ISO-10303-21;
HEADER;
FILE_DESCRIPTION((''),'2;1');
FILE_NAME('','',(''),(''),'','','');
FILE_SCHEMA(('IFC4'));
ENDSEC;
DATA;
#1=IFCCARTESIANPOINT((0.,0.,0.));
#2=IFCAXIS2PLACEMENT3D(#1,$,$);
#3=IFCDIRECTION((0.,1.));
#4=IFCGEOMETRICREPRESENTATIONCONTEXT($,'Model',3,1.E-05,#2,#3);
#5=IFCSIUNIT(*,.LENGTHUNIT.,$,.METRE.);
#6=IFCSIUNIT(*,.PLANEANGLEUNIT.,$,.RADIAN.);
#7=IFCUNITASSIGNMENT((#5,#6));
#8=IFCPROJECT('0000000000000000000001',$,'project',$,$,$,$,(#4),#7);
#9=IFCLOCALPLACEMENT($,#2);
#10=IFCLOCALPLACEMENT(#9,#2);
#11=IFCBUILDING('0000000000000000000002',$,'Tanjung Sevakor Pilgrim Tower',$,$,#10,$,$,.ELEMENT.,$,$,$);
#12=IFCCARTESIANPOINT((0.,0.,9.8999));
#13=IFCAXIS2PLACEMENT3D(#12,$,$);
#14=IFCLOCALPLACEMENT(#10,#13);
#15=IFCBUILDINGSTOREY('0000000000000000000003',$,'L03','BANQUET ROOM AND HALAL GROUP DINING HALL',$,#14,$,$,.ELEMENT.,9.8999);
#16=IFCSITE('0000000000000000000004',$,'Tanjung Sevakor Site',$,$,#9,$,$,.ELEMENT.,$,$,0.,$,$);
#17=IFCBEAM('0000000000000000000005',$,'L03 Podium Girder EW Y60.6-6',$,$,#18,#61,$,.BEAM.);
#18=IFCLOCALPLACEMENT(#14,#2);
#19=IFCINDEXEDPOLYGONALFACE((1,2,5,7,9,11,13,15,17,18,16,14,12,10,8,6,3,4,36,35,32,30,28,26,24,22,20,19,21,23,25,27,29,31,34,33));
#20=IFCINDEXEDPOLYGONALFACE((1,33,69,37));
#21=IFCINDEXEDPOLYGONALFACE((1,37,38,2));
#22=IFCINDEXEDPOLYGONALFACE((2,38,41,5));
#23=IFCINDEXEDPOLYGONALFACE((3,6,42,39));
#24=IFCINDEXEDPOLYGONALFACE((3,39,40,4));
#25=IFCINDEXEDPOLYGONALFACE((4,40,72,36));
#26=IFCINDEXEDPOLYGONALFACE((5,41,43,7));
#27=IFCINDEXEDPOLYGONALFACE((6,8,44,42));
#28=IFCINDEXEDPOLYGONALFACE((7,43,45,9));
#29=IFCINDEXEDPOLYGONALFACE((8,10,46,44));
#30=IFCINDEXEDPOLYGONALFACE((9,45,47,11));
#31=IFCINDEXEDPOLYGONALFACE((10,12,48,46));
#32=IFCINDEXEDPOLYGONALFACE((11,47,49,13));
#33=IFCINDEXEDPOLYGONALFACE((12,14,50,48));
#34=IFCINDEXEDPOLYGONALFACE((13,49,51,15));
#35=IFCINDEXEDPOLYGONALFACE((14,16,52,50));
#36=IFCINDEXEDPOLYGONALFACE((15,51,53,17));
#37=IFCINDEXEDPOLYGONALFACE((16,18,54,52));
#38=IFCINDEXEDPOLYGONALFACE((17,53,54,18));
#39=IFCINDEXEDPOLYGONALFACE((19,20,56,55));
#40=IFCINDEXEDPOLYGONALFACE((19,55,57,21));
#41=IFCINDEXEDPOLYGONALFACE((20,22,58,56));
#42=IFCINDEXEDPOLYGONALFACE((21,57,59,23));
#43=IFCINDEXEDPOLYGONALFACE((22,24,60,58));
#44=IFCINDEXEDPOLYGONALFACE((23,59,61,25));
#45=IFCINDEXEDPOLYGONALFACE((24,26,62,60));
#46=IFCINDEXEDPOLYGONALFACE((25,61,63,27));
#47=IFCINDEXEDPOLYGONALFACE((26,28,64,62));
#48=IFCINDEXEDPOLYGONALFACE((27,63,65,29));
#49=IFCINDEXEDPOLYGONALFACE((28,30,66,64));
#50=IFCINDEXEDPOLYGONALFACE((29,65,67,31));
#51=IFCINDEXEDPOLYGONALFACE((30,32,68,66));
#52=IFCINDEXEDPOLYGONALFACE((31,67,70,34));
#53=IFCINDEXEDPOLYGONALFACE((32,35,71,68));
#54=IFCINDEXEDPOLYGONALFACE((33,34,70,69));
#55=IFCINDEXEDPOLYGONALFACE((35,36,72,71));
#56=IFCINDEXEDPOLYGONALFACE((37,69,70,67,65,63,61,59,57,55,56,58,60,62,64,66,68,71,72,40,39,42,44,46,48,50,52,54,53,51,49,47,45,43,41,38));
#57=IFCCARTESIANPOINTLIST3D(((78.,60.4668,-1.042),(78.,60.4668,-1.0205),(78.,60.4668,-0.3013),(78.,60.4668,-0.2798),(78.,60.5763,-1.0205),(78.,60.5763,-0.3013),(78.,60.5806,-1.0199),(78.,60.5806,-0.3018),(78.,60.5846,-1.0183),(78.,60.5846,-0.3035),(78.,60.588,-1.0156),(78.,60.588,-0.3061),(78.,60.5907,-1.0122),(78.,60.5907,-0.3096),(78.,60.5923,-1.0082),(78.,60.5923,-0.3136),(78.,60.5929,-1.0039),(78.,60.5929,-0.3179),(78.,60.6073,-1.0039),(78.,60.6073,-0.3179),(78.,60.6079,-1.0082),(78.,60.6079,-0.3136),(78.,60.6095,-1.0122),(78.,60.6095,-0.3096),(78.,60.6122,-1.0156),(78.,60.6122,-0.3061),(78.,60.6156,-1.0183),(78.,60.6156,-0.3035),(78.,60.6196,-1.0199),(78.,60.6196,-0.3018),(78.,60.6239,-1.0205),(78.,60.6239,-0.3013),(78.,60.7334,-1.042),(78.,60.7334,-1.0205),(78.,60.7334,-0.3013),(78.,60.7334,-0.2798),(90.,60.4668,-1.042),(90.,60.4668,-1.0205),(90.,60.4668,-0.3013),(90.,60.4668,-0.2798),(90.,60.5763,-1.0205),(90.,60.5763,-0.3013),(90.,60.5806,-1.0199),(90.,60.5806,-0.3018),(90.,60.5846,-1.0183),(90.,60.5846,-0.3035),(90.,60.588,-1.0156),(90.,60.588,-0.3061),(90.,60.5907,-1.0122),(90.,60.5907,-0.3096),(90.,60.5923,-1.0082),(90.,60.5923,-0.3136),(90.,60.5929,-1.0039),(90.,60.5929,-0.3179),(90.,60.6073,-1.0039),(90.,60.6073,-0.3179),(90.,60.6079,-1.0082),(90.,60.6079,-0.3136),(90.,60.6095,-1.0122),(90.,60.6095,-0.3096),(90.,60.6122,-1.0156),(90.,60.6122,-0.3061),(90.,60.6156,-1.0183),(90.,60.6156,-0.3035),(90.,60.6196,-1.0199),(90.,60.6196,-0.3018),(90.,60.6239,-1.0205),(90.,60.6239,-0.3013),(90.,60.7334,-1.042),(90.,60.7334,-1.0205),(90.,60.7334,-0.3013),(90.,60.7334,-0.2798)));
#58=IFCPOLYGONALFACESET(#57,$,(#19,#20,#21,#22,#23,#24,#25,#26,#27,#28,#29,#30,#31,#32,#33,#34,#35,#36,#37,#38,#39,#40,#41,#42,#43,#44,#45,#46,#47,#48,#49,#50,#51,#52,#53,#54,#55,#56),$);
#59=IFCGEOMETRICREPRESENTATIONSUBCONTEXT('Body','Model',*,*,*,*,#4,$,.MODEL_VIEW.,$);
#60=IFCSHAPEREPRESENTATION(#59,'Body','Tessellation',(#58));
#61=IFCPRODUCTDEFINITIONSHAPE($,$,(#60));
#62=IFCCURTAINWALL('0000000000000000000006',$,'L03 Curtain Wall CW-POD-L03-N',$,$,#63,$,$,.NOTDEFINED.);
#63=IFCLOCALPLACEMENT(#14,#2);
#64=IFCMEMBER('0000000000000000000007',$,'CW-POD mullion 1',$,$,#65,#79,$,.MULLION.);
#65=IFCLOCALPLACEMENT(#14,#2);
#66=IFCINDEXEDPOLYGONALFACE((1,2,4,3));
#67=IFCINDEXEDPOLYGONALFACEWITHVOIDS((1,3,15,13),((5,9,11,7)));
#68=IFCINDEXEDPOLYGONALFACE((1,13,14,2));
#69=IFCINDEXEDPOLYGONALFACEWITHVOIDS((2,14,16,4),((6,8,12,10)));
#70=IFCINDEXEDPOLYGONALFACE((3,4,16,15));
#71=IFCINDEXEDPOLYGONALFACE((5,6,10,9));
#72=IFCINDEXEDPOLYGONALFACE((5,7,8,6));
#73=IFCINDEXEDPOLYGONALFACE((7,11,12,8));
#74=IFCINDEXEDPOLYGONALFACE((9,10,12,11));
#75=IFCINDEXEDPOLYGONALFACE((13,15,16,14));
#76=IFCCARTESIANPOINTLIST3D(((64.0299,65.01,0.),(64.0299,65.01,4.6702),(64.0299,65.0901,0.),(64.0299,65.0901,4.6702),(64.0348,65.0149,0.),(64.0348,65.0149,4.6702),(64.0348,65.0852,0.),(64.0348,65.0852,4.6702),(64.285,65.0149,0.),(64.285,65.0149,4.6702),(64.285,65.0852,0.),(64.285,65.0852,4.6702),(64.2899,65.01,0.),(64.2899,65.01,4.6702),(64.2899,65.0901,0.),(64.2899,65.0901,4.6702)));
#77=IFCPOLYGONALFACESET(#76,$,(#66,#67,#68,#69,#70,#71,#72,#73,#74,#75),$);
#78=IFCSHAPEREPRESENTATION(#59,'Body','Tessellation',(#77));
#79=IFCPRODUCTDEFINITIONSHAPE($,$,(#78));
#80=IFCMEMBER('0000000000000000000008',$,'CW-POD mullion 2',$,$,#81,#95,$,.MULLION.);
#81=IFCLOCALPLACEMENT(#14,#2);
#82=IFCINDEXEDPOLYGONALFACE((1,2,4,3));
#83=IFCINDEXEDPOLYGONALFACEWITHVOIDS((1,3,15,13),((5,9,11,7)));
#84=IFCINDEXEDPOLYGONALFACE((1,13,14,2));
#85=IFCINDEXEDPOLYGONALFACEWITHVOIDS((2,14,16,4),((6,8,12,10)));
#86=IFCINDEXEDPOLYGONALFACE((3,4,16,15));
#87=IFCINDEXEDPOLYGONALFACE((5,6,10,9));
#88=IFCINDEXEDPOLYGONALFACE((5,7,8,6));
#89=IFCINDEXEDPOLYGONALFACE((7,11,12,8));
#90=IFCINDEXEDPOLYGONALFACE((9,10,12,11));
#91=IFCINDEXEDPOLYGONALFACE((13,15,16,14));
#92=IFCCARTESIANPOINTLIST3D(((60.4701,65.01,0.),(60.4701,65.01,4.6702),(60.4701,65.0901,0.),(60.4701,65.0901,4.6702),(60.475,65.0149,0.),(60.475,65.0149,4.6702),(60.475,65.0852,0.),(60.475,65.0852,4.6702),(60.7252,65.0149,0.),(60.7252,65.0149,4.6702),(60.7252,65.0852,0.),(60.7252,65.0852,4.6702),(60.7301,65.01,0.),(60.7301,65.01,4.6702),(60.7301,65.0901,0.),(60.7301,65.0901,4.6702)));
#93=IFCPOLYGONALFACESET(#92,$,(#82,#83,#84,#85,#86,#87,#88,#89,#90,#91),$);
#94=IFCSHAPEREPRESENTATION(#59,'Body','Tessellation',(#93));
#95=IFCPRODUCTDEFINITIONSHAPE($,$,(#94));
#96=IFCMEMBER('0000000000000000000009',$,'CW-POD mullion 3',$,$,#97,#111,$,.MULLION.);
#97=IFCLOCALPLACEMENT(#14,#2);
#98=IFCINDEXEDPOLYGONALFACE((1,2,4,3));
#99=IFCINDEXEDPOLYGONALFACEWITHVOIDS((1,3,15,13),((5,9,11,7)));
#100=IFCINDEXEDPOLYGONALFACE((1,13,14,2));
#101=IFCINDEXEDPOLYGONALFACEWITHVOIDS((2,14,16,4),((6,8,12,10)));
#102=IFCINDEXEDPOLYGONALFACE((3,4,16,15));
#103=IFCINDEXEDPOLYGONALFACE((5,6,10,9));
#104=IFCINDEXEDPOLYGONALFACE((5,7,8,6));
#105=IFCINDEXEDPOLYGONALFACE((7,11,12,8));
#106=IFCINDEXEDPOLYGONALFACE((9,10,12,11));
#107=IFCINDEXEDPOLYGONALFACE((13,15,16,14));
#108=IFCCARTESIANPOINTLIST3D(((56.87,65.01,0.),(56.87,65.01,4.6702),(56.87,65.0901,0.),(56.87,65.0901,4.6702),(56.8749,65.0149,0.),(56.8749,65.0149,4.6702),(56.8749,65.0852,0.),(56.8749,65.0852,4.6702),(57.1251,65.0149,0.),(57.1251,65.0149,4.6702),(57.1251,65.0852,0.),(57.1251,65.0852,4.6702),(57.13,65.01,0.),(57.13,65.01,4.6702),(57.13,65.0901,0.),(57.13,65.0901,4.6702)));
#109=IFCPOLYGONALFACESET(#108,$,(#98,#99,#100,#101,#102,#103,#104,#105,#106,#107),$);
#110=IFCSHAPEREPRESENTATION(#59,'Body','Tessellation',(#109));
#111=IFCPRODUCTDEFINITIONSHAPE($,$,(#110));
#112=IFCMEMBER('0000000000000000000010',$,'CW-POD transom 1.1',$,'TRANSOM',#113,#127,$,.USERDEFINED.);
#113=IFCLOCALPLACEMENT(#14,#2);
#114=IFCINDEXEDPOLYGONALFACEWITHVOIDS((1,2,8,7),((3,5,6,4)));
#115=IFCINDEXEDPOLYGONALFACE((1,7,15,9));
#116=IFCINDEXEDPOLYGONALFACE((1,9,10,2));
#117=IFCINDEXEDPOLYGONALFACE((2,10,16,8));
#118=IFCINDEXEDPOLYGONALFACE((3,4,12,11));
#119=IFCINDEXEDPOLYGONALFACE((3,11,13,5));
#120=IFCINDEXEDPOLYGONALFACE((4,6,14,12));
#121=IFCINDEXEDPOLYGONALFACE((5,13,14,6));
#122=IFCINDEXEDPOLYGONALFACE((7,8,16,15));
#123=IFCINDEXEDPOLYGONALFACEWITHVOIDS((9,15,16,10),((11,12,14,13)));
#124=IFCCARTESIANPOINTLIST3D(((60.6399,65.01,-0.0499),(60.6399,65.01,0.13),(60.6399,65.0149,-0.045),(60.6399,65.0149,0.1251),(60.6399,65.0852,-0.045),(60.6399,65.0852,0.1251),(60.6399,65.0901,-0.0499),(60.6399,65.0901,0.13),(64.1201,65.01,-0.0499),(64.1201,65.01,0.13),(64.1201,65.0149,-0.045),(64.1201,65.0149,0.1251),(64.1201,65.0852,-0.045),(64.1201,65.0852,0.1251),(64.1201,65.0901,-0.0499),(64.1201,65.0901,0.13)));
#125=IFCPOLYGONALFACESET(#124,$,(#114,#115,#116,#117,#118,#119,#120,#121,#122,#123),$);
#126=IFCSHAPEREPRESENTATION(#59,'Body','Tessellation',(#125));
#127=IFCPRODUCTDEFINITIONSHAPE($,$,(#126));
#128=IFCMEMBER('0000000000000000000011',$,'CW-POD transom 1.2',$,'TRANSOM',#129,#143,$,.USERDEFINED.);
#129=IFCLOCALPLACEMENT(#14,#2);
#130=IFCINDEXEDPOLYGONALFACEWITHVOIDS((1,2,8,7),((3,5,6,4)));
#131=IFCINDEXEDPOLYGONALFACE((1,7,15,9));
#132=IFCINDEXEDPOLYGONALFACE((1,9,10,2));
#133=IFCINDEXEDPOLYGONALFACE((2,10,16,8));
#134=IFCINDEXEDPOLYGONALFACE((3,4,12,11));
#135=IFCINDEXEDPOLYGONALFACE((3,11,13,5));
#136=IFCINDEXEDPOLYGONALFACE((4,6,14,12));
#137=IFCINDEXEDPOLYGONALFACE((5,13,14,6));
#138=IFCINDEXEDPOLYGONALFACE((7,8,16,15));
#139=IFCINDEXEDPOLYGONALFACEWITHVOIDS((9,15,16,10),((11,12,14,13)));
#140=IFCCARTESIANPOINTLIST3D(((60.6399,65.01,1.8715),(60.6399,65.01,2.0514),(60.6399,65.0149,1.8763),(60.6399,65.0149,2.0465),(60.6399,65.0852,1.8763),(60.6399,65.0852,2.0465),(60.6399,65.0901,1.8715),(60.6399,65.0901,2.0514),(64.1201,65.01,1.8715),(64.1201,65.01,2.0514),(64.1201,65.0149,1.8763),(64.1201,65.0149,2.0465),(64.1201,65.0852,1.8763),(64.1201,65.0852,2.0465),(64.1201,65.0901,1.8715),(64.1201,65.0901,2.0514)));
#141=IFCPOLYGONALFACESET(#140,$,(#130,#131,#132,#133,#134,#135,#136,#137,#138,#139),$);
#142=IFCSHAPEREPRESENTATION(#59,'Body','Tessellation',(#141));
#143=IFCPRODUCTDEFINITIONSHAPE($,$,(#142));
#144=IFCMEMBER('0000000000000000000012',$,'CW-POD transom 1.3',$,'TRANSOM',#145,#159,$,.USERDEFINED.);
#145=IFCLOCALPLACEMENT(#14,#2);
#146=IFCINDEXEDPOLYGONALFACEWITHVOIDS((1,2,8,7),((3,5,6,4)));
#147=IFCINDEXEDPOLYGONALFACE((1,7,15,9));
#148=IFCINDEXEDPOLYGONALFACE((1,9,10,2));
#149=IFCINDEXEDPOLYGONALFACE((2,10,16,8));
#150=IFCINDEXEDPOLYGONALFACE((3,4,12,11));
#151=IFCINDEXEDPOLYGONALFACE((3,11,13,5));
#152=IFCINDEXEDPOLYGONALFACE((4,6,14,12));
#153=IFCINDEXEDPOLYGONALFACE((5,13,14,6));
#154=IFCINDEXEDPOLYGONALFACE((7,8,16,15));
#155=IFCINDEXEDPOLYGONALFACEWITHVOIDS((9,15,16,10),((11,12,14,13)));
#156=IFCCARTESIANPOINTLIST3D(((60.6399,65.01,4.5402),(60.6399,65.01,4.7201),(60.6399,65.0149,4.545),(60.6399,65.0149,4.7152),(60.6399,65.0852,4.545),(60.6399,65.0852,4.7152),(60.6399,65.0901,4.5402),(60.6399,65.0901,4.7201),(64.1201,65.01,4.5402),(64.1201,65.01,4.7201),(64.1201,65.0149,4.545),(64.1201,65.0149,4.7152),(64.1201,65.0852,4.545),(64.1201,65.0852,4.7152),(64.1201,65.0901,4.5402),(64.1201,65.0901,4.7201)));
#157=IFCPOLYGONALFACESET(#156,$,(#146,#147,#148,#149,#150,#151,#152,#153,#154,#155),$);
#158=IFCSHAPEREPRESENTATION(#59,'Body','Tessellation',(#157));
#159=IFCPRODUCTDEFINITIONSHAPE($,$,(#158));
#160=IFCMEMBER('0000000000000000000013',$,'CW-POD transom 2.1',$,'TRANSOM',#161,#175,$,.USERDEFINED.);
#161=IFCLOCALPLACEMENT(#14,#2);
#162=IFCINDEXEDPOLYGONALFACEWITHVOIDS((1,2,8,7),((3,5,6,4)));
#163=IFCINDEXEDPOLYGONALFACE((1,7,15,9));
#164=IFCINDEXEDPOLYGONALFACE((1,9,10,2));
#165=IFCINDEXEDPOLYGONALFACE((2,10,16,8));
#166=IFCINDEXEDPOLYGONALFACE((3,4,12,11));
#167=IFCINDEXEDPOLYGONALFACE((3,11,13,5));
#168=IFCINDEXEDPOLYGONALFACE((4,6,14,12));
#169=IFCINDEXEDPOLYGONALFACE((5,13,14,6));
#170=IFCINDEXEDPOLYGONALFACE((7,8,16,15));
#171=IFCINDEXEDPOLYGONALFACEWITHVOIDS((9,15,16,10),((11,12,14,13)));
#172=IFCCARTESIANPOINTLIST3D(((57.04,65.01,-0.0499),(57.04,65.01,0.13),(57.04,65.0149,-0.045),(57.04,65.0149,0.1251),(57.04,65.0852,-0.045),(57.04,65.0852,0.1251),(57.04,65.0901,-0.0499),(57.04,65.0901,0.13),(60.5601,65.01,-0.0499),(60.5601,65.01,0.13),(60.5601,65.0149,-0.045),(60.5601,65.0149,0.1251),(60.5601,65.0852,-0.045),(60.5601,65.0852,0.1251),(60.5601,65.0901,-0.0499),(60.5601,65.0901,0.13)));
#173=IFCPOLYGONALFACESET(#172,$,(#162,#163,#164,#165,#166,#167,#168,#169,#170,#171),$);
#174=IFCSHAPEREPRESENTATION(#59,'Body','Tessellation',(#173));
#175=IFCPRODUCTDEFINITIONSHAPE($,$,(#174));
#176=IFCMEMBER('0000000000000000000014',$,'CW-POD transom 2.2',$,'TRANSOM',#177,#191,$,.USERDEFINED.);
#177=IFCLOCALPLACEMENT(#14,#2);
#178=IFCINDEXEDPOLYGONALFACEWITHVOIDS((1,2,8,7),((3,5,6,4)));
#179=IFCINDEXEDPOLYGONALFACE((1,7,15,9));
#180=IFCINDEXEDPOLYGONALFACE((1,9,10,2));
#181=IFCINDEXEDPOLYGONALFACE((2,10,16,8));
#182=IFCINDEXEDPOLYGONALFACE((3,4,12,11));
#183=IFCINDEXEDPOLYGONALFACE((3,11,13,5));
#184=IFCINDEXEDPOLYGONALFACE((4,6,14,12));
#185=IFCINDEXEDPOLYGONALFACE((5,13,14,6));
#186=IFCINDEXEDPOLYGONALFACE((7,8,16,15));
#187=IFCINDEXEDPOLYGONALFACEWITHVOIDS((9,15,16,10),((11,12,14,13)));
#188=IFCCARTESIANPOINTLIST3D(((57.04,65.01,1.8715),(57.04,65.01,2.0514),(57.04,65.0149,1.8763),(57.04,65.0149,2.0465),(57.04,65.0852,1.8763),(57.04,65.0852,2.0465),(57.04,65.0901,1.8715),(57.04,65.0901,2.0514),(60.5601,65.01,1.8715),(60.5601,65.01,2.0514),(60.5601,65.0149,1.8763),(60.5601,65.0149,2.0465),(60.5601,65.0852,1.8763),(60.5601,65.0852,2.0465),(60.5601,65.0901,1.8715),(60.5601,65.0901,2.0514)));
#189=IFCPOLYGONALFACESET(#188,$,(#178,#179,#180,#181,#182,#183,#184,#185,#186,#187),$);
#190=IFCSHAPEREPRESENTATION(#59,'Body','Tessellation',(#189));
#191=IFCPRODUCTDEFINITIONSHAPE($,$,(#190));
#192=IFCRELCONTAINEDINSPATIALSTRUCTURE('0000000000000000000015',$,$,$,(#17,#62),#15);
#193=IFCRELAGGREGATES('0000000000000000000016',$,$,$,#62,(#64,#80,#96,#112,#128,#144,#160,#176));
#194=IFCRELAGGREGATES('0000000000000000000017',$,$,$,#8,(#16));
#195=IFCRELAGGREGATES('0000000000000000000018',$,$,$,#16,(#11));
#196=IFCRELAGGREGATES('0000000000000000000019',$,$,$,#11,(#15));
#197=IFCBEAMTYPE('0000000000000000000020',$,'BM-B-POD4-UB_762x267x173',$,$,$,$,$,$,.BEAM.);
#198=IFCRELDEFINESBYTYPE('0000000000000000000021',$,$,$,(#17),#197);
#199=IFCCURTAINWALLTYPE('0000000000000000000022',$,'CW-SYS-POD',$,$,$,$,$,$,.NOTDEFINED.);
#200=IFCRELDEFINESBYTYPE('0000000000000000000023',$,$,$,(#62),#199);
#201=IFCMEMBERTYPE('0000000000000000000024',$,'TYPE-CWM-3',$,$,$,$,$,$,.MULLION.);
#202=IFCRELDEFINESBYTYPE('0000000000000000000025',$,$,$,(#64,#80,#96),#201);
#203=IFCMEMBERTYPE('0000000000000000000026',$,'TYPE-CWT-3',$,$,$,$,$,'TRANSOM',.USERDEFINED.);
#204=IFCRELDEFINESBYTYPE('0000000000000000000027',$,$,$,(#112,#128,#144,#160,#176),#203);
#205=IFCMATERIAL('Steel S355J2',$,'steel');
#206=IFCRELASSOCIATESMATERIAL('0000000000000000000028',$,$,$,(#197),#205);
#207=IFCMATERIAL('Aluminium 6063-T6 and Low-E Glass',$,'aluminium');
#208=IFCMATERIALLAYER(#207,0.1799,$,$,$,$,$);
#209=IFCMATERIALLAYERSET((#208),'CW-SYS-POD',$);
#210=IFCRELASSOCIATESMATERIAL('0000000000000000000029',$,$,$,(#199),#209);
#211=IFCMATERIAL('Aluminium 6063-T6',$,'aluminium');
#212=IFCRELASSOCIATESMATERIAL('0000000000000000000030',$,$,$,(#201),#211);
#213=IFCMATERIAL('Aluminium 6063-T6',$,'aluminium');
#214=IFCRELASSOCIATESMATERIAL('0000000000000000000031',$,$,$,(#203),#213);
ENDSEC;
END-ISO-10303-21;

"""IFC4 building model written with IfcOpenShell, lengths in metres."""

from ifc_helpers import new_model, si_unit, direction, frame, origin, origin_2d, place, context, subcontext, project, spatial, hollow_rectangle, i_section, extrude, material, layer, layer_set, material_profile, profile_set, type_object, element, aggregate, save


model = new_model("IFC4")

# Units and contexts
model_context = context("Model", 3, precision=1e-05, world=origin(), true_north=direction((0.0, 1.0)))
body_context = subcontext(model_context, "Body", "Model", "MODEL_VIEW")
ifc_project = project(units=[si_unit("LENGTHUNIT", "METRE"), si_unit("PLANEANGLEUNIT", "RADIAN")], contexts=[model_context])

# Site, building, storey
site_placement = place(None, origin())
site = spatial("IfcSite", under=ifc_project, at=site_placement, Name="Tanjung Sevakor Site", CompositionType="ELEMENT", RefElevation=0.0)
building_placement = place(site_placement, origin())
building = spatial("IfcBuilding", under=site, at=building_placement, Name="Tanjung Sevakor Pilgrim Tower", CompositionType="ELEMENT")
storey_placement = place(building_placement, frame((0.0, 0.0, 9.8999)))
storey = spatial("IfcBuildingStorey", under=building, at=storey_placement, Name="L03", Description="BANQUET ROOM AND HALAL GROUP DINING HALL", CompositionType="ELEMENT", Elevation=9.8999)

# Beam
ifc_material_1 = material(Name="Steel S355J2", Category="steel")
ifc_material_profile_1 = material_profile(ifc_material_1, i_section(OverallWidth=0.2666, OverallDepth=0.7622, WebThickness=0.0144, FlangeThickness=0.0215, FilletRadius=0.0166, at=origin_2d()))
ifc_profile_set_1 = profile_set([ifc_material_profile_1], Name="Steel S355J2")
beam_type = type_object("IfcBeamType", Name="BM-B-POD4-UB_762x267x173", PredefinedType="BEAM", material=ifc_profile_set_1)
beam_1_placement = place(storey_placement, frame((78.0, 60.6001, -0.6609), z_axis=(1.0, 0.0, 0.0), x_axis=(0.0, 1.0, 0.0)))
element("IfcBeam", 1, at=beam_1_placement, inside=storey, type_object=beam_type, Name="L03 Podium Girder EW Y60.6-6", PredefinedType="BEAM", context=body_context, shape_type="SweptSolid", body=[
    extrude(i_section(OverallWidth=0.2666, OverallDepth=0.7622, WebThickness=0.0144, FlangeThickness=0.0215, FilletRadius=0.0166, at=origin_2d()), origin(), (0.0, 0.0, 1.0), 12.0),
])

# Curtain wall, members
ifc_material_2 = material(Name="Aluminium 6063-T6 and Low-E Glass", Category="aluminium")
ifc_layer_1 = layer(ifc_material_2, 0.1799)
ifc_layer_set_1 = layer_set([ifc_layer_1], Name="CW-SYS-POD")
curtain_wall_type = type_object("IfcCurtainWallType", Name="CW-SYS-POD", PredefinedType="NOTDEFINED", material=ifc_layer_set_1)
curtain_wall_placement = place(storey_placement, origin())
curtain_wall = element("IfcCurtainWall", 2, at=curtain_wall_placement, inside=storey, type_object=curtain_wall_type, Name="L03 Curtain Wall CW-POD-L03-N", PredefinedType="NOTDEFINED")
ifc_material_3 = material(Name="Aluminium 6063-T6", Category="aluminium")
ifc_material_profile_2 = material_profile(ifc_material_3, hollow_rectangle(XDim=0.0801, YDim=0.26, WallThickness=0.0049, at=origin_2d()))
ifc_profile_set_2 = profile_set([ifc_material_profile_2], Name="Aluminium 6063-T6")
member_type_1 = type_object("IfcMemberType", Name="TYPE-CWM-3", PredefinedType="MULLION", material=ifc_profile_set_2)
member_1_placement = place(storey_placement, frame((64.1599, 65.05, 0.0), z_axis=(0.0, 0.0, 1.0), x_axis=(0.0, -1.0, 0.0)))
member_1 = element("IfcMember", 3, at=member_1_placement, type_object=member_type_1, Name="CW-POD mullion 1", PredefinedType="MULLION", context=body_context, shape_type="SweptSolid", body=[
    extrude(hollow_rectangle(XDim=0.0801, YDim=0.26, WallThickness=0.0049, at=origin_2d()), origin(), (0.0, 0.0, 1.0), 4.6702),
])
member_2_placement = place(storey_placement, frame((60.6001, 65.05, 0.0), z_axis=(0.0, 0.0, 1.0), x_axis=(0.0, -1.0, 0.0)))
member_2 = element("IfcMember", 4, at=member_2_placement, type_object=member_type_1, Name="CW-POD mullion 2", PredefinedType="MULLION", context=body_context, shape_type="SweptSolid", body=[
    extrude(hollow_rectangle(XDim=0.0801, YDim=0.26, WallThickness=0.0049, at=origin_2d()), origin(), (0.0, 0.0, 1.0), 4.6702),
])
member_3_placement = place(storey_placement, frame((57.0, 65.05, 0.0), z_axis=(0.0, 0.0, 1.0), x_axis=(0.0, -1.0, 0.0)))
member_3 = element("IfcMember", 5, at=member_3_placement, type_object=member_type_1, Name="CW-POD mullion 3", PredefinedType="MULLION", context=body_context, shape_type="SweptSolid", body=[
    extrude(hollow_rectangle(XDim=0.0801, YDim=0.26, WallThickness=0.0049, at=origin_2d()), origin(), (0.0, 0.0, 1.0), 4.6702),
])
ifc_material_4 = material(Name="Aluminium 6063-T6", Category="aluminium")
ifc_material_profile_3 = material_profile(ifc_material_4, hollow_rectangle(XDim=0.0801, YDim=0.1799, WallThickness=0.0049, at=origin_2d()))
ifc_profile_set_3 = profile_set([ifc_material_profile_3], Name="Aluminium 6063-T6")
member_type_2 = type_object("IfcMemberType", Name="TYPE-CWT-3", ElementType="TRANSOM", PredefinedType="USERDEFINED", material=ifc_profile_set_3)
member_4_placement = place(storey_placement, frame((64.1201, 65.05, 0.04), z_axis=(-1.0, 0.0, 0.0), x_axis=(0.0, -1.0, 0.0)))
member_4 = element("IfcMember", 6, at=member_4_placement, type_object=member_type_2, Name="CW-POD transom 1.1", ObjectType="TRANSOM", PredefinedType="USERDEFINED", context=body_context, shape_type="SweptSolid", body=[
    extrude(hollow_rectangle(XDim=0.0801, YDim=0.1799, WallThickness=0.0049, at=origin_2d()), origin(), (0.0, 0.0, 1.0), 3.4802),
])
member_5_placement = place(storey_placement, frame((64.1201, 65.05, 1.9614), z_axis=(-1.0, 0.0, 0.0), x_axis=(0.0, -1.0, 0.0)))
member_5 = element("IfcMember", 7, at=member_5_placement, type_object=member_type_2, Name="CW-POD transom 1.2", ObjectType="TRANSOM", PredefinedType="USERDEFINED", context=body_context, shape_type="SweptSolid", body=[
    extrude(hollow_rectangle(XDim=0.0801, YDim=0.1799, WallThickness=0.0049, at=origin_2d()), origin(), (0.0, 0.0, 1.0), 3.4802),
])
member_6_placement = place(storey_placement, frame((64.1201, 65.05, 4.6301), z_axis=(-1.0, 0.0, 0.0), x_axis=(0.0, -1.0, 0.0)))
member_6 = element("IfcMember", 8, at=member_6_placement, type_object=member_type_2, Name="CW-POD transom 1.3", ObjectType="TRANSOM", PredefinedType="USERDEFINED", context=body_context, shape_type="SweptSolid", body=[
    extrude(hollow_rectangle(XDim=0.0801, YDim=0.1799, WallThickness=0.0049, at=origin_2d()), origin(), (0.0, 0.0, 1.0), 3.4802),
])
member_7_placement = place(storey_placement, frame((60.5601, 65.05, 0.04), z_axis=(-1.0, 0.0, 0.0), x_axis=(0.0, -1.0, 0.0)))
member_7 = element("IfcMember", 9, at=member_7_placement, type_object=member_type_2, Name="CW-POD transom 2.1", ObjectType="TRANSOM", PredefinedType="USERDEFINED", context=body_context, shape_type="SweptSolid", body=[
    extrude(hollow_rectangle(XDim=0.0801, YDim=0.1799, WallThickness=0.0049, at=origin_2d()), origin(), (0.0, 0.0, 1.0), 3.52),
])
member_8_placement = place(storey_placement, frame((60.5601, 65.05, 1.9614), z_axis=(-1.0, 0.0, 0.0), x_axis=(0.0, -1.0, 0.0)))
member_8 = element("IfcMember", 10, at=member_8_placement, type_object=member_type_2, Name="CW-POD transom 2.2", ObjectType="TRANSOM", PredefinedType="USERDEFINED", context=body_context, shape_type="SweptSolid", body=[
    extrude(hollow_rectangle(XDim=0.0801, YDim=0.1799, WallThickness=0.0049, at=origin_2d()), origin(), (0.0, 0.0, 1.0), 3.52),
])
aggregate(curtain_wall, [member_1, member_2, member_3, member_4, member_5, member_6, member_7, member_8])

save(model, "model.ifc")
